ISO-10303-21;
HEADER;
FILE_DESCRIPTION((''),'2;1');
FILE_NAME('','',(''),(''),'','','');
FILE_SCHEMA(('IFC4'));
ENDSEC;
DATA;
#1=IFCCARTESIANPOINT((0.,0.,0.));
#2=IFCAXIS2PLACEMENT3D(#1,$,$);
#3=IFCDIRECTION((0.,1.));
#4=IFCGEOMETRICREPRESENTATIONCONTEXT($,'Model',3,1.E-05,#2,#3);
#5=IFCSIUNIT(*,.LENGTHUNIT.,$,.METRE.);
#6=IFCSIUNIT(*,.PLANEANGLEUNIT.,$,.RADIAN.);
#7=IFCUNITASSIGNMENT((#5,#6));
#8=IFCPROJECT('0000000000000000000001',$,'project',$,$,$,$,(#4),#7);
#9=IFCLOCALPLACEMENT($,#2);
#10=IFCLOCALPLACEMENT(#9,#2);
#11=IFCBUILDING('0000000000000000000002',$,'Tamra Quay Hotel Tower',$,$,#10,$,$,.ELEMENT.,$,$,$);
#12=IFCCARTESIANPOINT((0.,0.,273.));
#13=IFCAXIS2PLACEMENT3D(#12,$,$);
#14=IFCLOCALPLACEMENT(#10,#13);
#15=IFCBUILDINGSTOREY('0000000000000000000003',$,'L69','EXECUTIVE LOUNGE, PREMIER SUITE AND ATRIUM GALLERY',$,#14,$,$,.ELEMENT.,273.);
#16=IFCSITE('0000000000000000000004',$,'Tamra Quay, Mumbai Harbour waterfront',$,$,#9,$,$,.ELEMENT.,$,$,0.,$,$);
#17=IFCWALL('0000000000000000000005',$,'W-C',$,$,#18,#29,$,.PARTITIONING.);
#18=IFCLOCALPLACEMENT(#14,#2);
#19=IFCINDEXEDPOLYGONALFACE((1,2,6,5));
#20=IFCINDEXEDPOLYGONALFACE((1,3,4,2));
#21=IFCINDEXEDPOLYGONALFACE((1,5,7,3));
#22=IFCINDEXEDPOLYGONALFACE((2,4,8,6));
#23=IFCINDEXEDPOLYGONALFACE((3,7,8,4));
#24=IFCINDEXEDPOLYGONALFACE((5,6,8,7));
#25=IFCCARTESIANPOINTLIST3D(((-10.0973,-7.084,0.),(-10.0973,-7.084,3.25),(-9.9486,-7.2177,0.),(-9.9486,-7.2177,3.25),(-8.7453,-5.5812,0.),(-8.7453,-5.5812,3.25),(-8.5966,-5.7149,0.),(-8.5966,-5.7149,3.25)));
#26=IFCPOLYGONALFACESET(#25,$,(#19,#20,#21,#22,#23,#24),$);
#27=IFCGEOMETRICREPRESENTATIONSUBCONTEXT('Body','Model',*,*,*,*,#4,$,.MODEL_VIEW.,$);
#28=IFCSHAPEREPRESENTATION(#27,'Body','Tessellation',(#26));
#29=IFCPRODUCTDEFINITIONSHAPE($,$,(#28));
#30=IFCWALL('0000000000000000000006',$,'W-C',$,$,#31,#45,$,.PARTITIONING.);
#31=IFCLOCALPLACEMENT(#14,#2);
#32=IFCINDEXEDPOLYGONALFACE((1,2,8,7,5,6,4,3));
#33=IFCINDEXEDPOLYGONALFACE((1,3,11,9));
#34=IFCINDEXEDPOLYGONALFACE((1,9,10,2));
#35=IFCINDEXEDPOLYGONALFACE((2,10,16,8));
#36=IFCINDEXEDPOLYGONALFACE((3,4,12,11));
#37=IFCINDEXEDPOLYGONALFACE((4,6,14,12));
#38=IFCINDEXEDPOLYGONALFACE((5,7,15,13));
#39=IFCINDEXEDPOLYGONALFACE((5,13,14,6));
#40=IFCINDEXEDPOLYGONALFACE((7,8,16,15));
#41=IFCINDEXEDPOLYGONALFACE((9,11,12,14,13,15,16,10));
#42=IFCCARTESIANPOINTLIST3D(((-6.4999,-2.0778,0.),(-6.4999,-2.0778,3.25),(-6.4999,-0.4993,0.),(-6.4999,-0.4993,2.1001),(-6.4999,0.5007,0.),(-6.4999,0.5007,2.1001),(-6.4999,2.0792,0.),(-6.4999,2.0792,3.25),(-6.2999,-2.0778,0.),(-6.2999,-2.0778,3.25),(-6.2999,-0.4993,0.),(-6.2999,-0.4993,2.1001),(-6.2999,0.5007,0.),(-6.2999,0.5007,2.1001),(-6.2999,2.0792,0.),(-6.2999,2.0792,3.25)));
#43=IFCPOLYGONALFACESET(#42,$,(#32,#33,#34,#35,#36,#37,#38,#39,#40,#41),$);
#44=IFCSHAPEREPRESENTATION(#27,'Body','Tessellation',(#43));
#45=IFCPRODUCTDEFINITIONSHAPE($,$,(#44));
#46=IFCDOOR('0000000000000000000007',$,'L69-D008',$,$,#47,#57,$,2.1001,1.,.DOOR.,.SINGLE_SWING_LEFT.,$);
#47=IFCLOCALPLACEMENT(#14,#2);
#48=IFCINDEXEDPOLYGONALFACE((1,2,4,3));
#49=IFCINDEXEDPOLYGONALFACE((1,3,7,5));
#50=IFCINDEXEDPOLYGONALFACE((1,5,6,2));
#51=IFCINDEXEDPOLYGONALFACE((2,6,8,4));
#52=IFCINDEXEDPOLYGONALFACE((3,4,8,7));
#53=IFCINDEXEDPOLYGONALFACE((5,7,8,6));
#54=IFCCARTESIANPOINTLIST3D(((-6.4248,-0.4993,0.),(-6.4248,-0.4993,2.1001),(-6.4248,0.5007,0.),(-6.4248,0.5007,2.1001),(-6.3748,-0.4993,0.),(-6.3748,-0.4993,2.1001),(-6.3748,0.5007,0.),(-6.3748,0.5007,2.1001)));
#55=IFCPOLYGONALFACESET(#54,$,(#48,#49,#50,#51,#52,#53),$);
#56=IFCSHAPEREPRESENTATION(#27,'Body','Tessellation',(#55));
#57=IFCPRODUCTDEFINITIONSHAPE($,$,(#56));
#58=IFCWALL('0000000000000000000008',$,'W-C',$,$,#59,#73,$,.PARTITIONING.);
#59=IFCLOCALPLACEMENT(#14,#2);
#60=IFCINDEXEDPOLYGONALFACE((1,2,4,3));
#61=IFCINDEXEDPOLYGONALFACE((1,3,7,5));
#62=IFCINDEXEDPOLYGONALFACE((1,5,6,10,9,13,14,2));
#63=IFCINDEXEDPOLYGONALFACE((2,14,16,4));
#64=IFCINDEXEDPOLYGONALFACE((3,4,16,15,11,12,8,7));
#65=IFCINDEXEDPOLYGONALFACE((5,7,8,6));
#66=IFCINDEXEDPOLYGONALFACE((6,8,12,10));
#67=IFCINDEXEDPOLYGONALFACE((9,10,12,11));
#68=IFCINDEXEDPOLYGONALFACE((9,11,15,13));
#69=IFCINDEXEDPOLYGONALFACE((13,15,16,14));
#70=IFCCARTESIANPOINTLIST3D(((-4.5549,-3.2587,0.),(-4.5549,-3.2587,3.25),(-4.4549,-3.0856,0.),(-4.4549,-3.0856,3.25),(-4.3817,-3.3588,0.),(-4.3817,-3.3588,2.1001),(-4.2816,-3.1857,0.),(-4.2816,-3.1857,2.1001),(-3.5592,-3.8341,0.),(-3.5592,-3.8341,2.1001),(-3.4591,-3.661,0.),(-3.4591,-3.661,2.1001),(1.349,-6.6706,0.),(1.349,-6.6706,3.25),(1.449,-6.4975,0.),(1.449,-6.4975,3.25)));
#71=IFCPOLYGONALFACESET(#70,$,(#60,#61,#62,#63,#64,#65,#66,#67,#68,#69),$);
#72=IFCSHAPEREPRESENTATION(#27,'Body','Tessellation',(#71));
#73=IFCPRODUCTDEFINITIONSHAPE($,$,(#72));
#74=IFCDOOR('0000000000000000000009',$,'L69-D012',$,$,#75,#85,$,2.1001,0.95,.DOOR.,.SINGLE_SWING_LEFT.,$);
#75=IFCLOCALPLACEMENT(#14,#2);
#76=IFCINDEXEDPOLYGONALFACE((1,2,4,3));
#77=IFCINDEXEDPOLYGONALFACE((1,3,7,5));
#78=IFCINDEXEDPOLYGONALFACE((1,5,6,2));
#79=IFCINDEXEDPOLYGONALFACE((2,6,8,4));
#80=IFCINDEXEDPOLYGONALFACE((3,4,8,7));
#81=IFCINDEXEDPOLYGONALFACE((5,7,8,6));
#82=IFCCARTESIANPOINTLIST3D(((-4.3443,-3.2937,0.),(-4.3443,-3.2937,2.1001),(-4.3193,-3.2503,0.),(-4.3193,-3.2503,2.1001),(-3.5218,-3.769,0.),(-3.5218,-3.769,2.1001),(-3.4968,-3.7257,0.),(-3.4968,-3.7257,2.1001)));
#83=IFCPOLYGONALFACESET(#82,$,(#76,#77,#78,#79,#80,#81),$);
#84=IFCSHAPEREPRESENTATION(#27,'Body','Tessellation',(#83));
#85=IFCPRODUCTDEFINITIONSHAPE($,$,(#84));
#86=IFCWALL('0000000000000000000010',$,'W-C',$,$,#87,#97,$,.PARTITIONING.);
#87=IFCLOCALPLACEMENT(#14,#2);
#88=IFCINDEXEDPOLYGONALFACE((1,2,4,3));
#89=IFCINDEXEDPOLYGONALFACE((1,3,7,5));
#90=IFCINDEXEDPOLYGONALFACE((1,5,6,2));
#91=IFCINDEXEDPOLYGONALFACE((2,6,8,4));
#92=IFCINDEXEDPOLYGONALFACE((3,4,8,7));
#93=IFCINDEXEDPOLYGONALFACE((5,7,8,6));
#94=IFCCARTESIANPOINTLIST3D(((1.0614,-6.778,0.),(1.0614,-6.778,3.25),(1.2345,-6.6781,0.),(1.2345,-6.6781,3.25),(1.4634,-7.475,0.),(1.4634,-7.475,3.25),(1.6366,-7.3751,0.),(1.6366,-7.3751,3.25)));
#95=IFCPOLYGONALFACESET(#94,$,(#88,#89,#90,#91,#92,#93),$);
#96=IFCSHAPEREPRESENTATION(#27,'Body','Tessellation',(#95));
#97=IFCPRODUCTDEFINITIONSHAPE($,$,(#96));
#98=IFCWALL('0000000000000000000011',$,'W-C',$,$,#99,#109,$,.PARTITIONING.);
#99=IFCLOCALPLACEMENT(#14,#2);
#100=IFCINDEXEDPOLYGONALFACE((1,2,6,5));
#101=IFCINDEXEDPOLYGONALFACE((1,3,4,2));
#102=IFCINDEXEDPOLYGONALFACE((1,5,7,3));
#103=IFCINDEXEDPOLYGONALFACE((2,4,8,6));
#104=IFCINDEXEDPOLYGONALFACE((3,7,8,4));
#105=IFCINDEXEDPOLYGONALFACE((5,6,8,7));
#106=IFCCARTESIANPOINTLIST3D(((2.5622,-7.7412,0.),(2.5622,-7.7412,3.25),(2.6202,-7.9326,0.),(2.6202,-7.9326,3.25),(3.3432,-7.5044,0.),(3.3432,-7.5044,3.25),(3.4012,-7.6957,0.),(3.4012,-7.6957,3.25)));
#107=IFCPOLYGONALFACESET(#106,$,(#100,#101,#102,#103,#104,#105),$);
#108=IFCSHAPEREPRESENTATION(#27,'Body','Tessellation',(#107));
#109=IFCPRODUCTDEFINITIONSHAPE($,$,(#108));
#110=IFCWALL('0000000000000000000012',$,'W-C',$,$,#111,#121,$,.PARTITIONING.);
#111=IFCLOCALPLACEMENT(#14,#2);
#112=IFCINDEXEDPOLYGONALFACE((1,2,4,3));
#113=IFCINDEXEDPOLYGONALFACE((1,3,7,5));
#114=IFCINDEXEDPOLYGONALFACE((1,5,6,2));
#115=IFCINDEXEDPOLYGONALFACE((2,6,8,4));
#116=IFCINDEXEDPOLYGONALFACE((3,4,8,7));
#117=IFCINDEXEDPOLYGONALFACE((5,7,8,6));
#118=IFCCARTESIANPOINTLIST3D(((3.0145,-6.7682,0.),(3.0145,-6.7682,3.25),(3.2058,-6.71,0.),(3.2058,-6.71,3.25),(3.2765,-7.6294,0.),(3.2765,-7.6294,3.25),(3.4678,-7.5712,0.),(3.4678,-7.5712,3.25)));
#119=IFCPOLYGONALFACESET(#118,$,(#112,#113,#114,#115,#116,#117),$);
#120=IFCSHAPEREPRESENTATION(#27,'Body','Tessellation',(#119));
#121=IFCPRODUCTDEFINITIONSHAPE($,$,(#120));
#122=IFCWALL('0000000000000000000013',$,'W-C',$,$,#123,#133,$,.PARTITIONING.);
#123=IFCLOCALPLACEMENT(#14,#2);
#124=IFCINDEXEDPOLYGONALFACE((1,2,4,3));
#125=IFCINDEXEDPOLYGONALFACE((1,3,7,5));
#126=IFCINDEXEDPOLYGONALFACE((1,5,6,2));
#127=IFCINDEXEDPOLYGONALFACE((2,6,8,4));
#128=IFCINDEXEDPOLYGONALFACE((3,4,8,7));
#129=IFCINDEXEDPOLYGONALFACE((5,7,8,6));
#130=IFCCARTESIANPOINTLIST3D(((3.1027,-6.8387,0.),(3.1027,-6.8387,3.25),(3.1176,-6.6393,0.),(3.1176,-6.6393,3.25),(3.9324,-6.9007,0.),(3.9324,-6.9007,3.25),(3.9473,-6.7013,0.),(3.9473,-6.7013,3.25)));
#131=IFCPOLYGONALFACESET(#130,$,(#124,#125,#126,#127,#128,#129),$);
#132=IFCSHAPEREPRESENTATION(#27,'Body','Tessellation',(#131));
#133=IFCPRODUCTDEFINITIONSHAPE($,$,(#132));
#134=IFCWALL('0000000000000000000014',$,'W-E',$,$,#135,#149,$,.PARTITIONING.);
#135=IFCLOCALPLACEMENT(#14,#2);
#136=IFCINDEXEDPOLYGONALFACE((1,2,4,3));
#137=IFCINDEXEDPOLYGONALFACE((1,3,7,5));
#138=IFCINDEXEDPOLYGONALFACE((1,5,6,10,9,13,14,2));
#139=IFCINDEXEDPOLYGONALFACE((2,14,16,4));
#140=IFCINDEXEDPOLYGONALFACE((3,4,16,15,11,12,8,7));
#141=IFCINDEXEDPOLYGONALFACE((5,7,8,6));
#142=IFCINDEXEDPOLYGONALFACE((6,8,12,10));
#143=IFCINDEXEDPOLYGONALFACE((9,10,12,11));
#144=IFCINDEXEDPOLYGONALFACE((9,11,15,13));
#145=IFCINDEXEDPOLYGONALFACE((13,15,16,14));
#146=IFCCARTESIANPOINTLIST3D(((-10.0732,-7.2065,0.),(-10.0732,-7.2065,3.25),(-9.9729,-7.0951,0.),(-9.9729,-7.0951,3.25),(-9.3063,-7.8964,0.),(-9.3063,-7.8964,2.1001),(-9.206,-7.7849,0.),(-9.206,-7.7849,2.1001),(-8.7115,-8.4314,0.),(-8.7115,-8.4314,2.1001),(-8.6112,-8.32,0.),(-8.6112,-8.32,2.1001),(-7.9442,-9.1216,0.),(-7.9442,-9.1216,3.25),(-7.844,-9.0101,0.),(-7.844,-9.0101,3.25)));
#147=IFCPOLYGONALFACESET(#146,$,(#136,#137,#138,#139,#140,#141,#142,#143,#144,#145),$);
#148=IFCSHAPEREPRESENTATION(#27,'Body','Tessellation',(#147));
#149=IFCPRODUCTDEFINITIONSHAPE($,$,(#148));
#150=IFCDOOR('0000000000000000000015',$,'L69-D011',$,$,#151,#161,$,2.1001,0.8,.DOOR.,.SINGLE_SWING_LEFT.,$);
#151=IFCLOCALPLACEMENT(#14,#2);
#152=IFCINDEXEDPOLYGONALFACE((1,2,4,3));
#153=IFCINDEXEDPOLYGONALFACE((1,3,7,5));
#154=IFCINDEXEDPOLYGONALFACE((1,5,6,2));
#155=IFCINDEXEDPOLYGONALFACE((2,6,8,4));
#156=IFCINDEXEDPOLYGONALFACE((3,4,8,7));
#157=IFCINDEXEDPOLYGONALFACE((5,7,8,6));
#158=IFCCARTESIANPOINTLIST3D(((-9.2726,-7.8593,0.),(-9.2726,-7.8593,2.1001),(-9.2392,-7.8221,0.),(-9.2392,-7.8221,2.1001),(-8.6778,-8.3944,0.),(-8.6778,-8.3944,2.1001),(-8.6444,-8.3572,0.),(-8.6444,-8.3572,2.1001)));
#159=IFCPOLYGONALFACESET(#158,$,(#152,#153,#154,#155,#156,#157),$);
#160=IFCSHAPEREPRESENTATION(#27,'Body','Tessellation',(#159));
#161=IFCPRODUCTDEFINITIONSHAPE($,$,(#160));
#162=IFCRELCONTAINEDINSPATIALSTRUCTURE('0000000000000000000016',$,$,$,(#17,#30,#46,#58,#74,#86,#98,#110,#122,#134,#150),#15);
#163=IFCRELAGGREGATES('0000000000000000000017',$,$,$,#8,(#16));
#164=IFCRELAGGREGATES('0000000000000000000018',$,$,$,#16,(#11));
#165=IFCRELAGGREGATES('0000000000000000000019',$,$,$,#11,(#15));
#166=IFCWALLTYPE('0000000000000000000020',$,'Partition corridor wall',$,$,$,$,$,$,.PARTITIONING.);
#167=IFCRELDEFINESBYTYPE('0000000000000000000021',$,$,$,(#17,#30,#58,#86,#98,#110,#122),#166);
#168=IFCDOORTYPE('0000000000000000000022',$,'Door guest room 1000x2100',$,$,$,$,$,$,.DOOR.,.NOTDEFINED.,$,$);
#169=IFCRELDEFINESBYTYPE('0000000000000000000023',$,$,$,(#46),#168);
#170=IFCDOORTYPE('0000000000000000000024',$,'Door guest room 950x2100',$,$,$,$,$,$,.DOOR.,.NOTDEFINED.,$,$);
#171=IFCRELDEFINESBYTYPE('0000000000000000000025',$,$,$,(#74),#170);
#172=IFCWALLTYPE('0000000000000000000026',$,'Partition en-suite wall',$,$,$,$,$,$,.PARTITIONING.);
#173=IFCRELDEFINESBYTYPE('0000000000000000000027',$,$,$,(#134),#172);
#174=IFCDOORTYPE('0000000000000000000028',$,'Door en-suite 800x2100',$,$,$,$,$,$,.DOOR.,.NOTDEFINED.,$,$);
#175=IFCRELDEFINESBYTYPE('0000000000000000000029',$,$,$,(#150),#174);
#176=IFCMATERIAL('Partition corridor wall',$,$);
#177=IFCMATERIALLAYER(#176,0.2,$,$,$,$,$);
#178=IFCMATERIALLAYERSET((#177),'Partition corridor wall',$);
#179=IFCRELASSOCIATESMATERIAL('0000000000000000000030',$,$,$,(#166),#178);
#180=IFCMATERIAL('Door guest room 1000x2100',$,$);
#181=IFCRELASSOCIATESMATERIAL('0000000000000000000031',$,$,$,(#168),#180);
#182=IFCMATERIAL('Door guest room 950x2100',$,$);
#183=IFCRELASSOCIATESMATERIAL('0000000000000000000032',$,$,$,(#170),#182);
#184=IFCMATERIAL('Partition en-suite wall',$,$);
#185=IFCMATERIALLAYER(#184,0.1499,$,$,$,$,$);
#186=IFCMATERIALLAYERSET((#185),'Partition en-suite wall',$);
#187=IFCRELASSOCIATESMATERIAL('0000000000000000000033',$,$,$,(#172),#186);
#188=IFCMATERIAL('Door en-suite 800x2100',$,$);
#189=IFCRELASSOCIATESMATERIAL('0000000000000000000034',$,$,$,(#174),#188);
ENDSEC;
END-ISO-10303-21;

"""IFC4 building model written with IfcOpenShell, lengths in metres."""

from ifc_helpers import new_model, si_unit, direction, frame, frame_2d, origin, place, context, subcontext, project, spatial, rectangle, extrude, material, layer, layer_set, type_object, element, fill, save


model = new_model("IFC4")

# Units and contexts
model_context = context("Model", 3, precision=1e-05, world=origin(), true_north=direction((0.0, 1.0)))
body_context = subcontext(model_context, "Body", "Model", "MODEL_VIEW")
ifc_project = project(units=[si_unit("LENGTHUNIT", "METRE"), si_unit("PLANEANGLEUNIT", "RADIAN")], contexts=[model_context])

# Site, building, storey
site_placement = place(None, origin())
site = spatial("IfcSite", under=ifc_project, at=site_placement, Name="Tamra Quay, Mumbai Harbour waterfront", CompositionType="ELEMENT", RefElevation=0.0)
building_placement = place(site_placement, origin())
building = spatial("IfcBuilding", under=site, at=building_placement, Name="Tamra Quay Hotel Tower", CompositionType="ELEMENT")
storey_placement = place(building_placement, frame((0.0, 0.0, 273.0)))
storey = spatial("IfcBuildingStorey", under=building, at=storey_placement, Name="L69", Description="EXECUTIVE LOUNGE, PREMIER SUITE AND ATRIUM GALLERY", CompositionType="ELEMENT", Elevation=273.0)

# Wall
ifc_material_1 = material(Name="Partition corridor wall")
ifc_layer_1 = layer(ifc_material_1, 0.2)
ifc_layer_set_1 = layer_set([ifc_layer_1], Name="Partition corridor wall")
wall_type_1 = type_object("IfcWallType", Name="Partition corridor wall", PredefinedType="PARTITIONING", material=ifc_layer_set_1)
wall_1_placement = place(storey_placement, frame((-10.0229, -7.1509, 0.0), z_axis=(0.0, 0.0, 1.0), x_axis=(0.668805, 0.743438, 0.0)))
element("IfcWall", 1, at=wall_1_placement, inside=storey, type_object=wall_type_1, Name="W-C", PredefinedType="PARTITIONING", context=body_context, shape_type="SweptSolid", body=[
    extrude(rectangle(XDim=2.0215, YDim=0.2, at=frame_2d((1.0107, 0.0))), origin(), (0.0, 0.0, 1.0), 3.25),
])

# Walls, openings, doors
wall_2_placement = place(storey_placement, frame((-6.3999, -2.0779, 0.0), z_axis=(0.0, 0.0, 1.0), x_axis=(0.0, 1.0, 0.0)))
wall_2 = element("IfcWall", 2, at=wall_2_placement, inside=storey, type_object=wall_type_1, Name="W-C", PredefinedType="PARTITIONING", context=body_context, shape_type="SweptSolid", body=[
    extrude(rectangle(XDim=4.157, YDim=0.2, at=frame_2d((2.0786, 0.0))), origin(), (0.0, 0.0, 1.0), 3.25),
])
opening_1_placement = place(wall_2_placement, frame((1.5786, 0.0, 0.0)))
opening_1 = element("IfcOpeningElement", 3, at=opening_1_placement, cuts=wall_2, PredefinedType="OPENING", context=body_context, shape_type="SweptSolid", body=[
    extrude(rectangle(XDim=1.0, YDim=2.1001, at=frame_2d((0.5, 1.05))), frame((0.0, 0.1099, 0.0), z_axis=(0.0, -1.0, 0.0), x_axis=(1.0, 0.0, 0.0)), (0.0, 0.0, 1.0), 0.22),
])
ifc_material_2 = material(Name="Door guest room 1000x2100")
door_type_1 = type_object("IfcDoorType", Name="Door guest room 1000x2100", OperationType="NOTDEFINED", PredefinedType="DOOR", material=ifc_material_2)
door_1_placement = place(opening_1_placement, origin())
door_1 = element("IfcDoor", 4, at=door_1_placement, inside=storey, type_object=door_type_1, Name="L69-D008", OperationType="SINGLE_SWING_LEFT", OverallHeight=2.1001, OverallWidth=1.0, PredefinedType="DOOR", context=body_context, shape_type="SweptSolid", body=[
    extrude(rectangle(XDim=1.0, YDim=2.1001, at=frame_2d((0.5, 1.05))), frame((0.0, 0.0249, 0.0), z_axis=(0.0, -1.0, 0.0), x_axis=(1.0, 0.0, 0.0)), (0.0, 0.0, 1.0), 0.05),
])
fill(opening_1, door_1)
wall_3_placement = place(storey_placement, frame((-4.5049, -3.1721, 0.0), z_axis=(0.0, 0.0, 1.0), x_axis=(0.865816, -0.500363, 0.0)))
wall_3 = element("IfcWall", 5, at=wall_3_placement, inside=storey, type_object=wall_type_1, Name="W-C", PredefinedType="PARTITIONING", context=body_context, shape_type="SweptSolid", body=[
    extrude(rectangle(XDim=6.8188, YDim=0.2, at=frame_2d((3.4094, 0.0))), origin(), (0.0, 0.0, 1.0), 3.25),
])
opening_2_placement = place(wall_3_placement, frame((0.2, 0.0, 0.0)))
opening_2 = element("IfcOpeningElement", 6, at=opening_2_placement, cuts=wall_3, PredefinedType="OPENING", context=body_context, shape_type="SweptSolid", body=[
    extrude(rectangle(XDim=0.95, YDim=2.1001, at=frame_2d((0.4751, 1.05))), frame((0.0, 0.1099, 0.0), z_axis=(0.0, -1.0, 0.0), x_axis=(1.0, 0.0, 0.0)), (0.0, 0.0, 1.0), 0.22),
])
ifc_material_3 = material(Name="Door guest room 950x2100")
door_type_2 = type_object("IfcDoorType", Name="Door guest room 950x2100", OperationType="NOTDEFINED", PredefinedType="DOOR", material=ifc_material_3)
door_2_placement = place(opening_2_placement, frame((0.95, 0.0, 0.0), z_axis=(0.0, 0.0, 1.0), x_axis=(-1.0, 0.0, 0.0)))
door_2 = element("IfcDoor", 7, at=door_2_placement, inside=storey, type_object=door_type_2, Name="L69-D012", OperationType="SINGLE_SWING_LEFT", OverallHeight=2.1001, OverallWidth=0.95, PredefinedType="DOOR", context=body_context, shape_type="SweptSolid", body=[
    extrude(rectangle(XDim=0.95, YDim=2.1001, at=frame_2d((0.4751, 1.05))), frame((0.0, 0.0249, 0.0), z_axis=(0.0, -1.0, 0.0), x_axis=(1.0, 0.0, 0.0)), (0.0, 0.0, 1.0), 0.05),
])
fill(opening_2, door_2)

# Walls
wall_4_placement = place(storey_placement, frame((1.1479, -6.728, 0.0), z_axis=(0.0, 0.0, 1.0), x_axis=(0.499696, -0.866201, 0.0)))
element("IfcWall", 8, at=wall_4_placement, inside=storey, type_object=wall_type_1, Name="W-C", PredefinedType="PARTITIONING", context=body_context, shape_type="SweptSolid", body=[
    extrude(rectangle(XDim=0.8047, YDim=0.2, at=frame_2d((0.4023, 0.0))), origin(), (0.0, 0.0, 1.0), 3.25),
])
wall_5_placement = place(storey_placement, frame((2.5911, -7.8369, 0.0), z_axis=(0.0, 0.0, 1.0), x_axis=(0.956974, 0.290173, 0.0)))
element("IfcWall", 9, at=wall_5_placement, inside=storey, type_object=wall_type_1, Name="W-C", PredefinedType="PARTITIONING", context=body_context, shape_type="SweptSolid", body=[
    extrude(rectangle(XDim=0.8162, YDim=0.2, at=frame_2d((0.4082, 0.0))), origin(), (0.0, 0.0, 1.0), 3.25),
])
wall_6_placement = place(storey_placement, frame((3.1101, -6.739, 0.0), z_axis=(0.0, 0.0, 1.0), x_axis=(0.291054, -0.956707, 0.0)))
element("IfcWall", 10, at=wall_6_placement, inside=storey, type_object=wall_type_1, Name="W-C", PredefinedType="PARTITIONING", context=body_context, shape_type="SweptSolid", body=[
    extrude(rectangle(XDim=0.9001, YDim=0.2, at=frame_2d((0.4502, 0.0))), origin(), (0.0, 0.0, 1.0), 3.25),
])
wall_7_placement = place(storey_placement, frame((3.1101, -6.739, 0.0), z_axis=(0.0, 0.0, 1.0), x_axis=(0.99722, -0.07452, 0.0)))
element("IfcWall", 11, at=wall_7_placement, inside=storey, type_object=wall_type_1, Name="W-C", PredefinedType="PARTITIONING", context=body_context, shape_type="SweptSolid", body=[
    extrude(rectangle(XDim=0.832, YDim=0.2, at=frame_2d((0.416, 0.0))), origin(), (0.0, 0.0, 1.0), 3.25),
])

# Wall, opening, door
ifc_material_4 = material(Name="Partition en-suite wall")
ifc_layer_2 = layer(ifc_material_4, 0.1499)
ifc_layer_set_2 = layer_set([ifc_layer_2], Name="Partition en-suite wall")
wall_type_2 = type_object("IfcWallType", Name="Partition en-suite wall", PredefinedType="PARTITIONING", material=ifc_layer_set_2)
wall_8_placement = place(storey_placement, frame((-10.0229, -7.1509, 0.0), z_axis=(0.0, 0.0, 1.0), x_axis=(0.743464, -0.668776, 0.0)))
wall_8 = element("IfcWall", 12, at=wall_8_placement, inside=storey, type_object=wall_type_2, Name="W-E", PredefinedType="PARTITIONING", context=body_context, shape_type="SweptSolid", body=[
    extrude(rectangle(XDim=2.8635, YDim=0.1499, at=frame_2d((1.4316, 0.0))), origin(), (0.0, 0.0, 1.0), 3.25),
])
opening_3_placement = place(wall_8_placement, frame((1.0315, 0.0, 0.0)))
opening_3 = element("IfcOpeningElement", 13, at=opening_3_placement, cuts=wall_8, PredefinedType="OPENING", context=body_context, shape_type="SweptSolid", body=[
    extrude(rectangle(XDim=0.8, YDim=2.1001, at=frame_2d((0.3999, 1.05))), frame((0.0, 0.085, 0.0), z_axis=(0.0, -1.0, 0.0), x_axis=(1.0, 0.0, 0.0)), (0.0, 0.0, 1.0), 0.1699),
])
ifc_material_5 = material(Name="Door en-suite 800x2100")
door_type_3 = type_object("IfcDoorType", Name="Door en-suite 800x2100", OperationType="NOTDEFINED", PredefinedType="DOOR", material=ifc_material_5)
door_3_placement = place(opening_3_placement, frame((0.8, 0.0, 0.0), z_axis=(0.0, 0.0, 1.0), x_axis=(-1.0, 0.0, 0.0)))
door_3 = element("IfcDoor", 14, at=door_3_placement, inside=storey, type_object=door_type_3, Name="L69-D011", OperationType="SINGLE_SWING_LEFT", OverallHeight=2.1001, OverallWidth=0.8, PredefinedType="DOOR", context=body_context, shape_type="SweptSolid", body=[
    extrude(rectangle(XDim=0.8, YDim=2.1001, at=frame_2d((0.3999, 1.05))), frame((0.0, 0.0249, 0.0), z_axis=(0.0, -1.0, 0.0), x_axis=(1.0, 0.0, 0.0)), (0.0, 0.0, 1.0), 0.05),
])
fill(opening_3, door_3)

save(model, "model.ifc")
